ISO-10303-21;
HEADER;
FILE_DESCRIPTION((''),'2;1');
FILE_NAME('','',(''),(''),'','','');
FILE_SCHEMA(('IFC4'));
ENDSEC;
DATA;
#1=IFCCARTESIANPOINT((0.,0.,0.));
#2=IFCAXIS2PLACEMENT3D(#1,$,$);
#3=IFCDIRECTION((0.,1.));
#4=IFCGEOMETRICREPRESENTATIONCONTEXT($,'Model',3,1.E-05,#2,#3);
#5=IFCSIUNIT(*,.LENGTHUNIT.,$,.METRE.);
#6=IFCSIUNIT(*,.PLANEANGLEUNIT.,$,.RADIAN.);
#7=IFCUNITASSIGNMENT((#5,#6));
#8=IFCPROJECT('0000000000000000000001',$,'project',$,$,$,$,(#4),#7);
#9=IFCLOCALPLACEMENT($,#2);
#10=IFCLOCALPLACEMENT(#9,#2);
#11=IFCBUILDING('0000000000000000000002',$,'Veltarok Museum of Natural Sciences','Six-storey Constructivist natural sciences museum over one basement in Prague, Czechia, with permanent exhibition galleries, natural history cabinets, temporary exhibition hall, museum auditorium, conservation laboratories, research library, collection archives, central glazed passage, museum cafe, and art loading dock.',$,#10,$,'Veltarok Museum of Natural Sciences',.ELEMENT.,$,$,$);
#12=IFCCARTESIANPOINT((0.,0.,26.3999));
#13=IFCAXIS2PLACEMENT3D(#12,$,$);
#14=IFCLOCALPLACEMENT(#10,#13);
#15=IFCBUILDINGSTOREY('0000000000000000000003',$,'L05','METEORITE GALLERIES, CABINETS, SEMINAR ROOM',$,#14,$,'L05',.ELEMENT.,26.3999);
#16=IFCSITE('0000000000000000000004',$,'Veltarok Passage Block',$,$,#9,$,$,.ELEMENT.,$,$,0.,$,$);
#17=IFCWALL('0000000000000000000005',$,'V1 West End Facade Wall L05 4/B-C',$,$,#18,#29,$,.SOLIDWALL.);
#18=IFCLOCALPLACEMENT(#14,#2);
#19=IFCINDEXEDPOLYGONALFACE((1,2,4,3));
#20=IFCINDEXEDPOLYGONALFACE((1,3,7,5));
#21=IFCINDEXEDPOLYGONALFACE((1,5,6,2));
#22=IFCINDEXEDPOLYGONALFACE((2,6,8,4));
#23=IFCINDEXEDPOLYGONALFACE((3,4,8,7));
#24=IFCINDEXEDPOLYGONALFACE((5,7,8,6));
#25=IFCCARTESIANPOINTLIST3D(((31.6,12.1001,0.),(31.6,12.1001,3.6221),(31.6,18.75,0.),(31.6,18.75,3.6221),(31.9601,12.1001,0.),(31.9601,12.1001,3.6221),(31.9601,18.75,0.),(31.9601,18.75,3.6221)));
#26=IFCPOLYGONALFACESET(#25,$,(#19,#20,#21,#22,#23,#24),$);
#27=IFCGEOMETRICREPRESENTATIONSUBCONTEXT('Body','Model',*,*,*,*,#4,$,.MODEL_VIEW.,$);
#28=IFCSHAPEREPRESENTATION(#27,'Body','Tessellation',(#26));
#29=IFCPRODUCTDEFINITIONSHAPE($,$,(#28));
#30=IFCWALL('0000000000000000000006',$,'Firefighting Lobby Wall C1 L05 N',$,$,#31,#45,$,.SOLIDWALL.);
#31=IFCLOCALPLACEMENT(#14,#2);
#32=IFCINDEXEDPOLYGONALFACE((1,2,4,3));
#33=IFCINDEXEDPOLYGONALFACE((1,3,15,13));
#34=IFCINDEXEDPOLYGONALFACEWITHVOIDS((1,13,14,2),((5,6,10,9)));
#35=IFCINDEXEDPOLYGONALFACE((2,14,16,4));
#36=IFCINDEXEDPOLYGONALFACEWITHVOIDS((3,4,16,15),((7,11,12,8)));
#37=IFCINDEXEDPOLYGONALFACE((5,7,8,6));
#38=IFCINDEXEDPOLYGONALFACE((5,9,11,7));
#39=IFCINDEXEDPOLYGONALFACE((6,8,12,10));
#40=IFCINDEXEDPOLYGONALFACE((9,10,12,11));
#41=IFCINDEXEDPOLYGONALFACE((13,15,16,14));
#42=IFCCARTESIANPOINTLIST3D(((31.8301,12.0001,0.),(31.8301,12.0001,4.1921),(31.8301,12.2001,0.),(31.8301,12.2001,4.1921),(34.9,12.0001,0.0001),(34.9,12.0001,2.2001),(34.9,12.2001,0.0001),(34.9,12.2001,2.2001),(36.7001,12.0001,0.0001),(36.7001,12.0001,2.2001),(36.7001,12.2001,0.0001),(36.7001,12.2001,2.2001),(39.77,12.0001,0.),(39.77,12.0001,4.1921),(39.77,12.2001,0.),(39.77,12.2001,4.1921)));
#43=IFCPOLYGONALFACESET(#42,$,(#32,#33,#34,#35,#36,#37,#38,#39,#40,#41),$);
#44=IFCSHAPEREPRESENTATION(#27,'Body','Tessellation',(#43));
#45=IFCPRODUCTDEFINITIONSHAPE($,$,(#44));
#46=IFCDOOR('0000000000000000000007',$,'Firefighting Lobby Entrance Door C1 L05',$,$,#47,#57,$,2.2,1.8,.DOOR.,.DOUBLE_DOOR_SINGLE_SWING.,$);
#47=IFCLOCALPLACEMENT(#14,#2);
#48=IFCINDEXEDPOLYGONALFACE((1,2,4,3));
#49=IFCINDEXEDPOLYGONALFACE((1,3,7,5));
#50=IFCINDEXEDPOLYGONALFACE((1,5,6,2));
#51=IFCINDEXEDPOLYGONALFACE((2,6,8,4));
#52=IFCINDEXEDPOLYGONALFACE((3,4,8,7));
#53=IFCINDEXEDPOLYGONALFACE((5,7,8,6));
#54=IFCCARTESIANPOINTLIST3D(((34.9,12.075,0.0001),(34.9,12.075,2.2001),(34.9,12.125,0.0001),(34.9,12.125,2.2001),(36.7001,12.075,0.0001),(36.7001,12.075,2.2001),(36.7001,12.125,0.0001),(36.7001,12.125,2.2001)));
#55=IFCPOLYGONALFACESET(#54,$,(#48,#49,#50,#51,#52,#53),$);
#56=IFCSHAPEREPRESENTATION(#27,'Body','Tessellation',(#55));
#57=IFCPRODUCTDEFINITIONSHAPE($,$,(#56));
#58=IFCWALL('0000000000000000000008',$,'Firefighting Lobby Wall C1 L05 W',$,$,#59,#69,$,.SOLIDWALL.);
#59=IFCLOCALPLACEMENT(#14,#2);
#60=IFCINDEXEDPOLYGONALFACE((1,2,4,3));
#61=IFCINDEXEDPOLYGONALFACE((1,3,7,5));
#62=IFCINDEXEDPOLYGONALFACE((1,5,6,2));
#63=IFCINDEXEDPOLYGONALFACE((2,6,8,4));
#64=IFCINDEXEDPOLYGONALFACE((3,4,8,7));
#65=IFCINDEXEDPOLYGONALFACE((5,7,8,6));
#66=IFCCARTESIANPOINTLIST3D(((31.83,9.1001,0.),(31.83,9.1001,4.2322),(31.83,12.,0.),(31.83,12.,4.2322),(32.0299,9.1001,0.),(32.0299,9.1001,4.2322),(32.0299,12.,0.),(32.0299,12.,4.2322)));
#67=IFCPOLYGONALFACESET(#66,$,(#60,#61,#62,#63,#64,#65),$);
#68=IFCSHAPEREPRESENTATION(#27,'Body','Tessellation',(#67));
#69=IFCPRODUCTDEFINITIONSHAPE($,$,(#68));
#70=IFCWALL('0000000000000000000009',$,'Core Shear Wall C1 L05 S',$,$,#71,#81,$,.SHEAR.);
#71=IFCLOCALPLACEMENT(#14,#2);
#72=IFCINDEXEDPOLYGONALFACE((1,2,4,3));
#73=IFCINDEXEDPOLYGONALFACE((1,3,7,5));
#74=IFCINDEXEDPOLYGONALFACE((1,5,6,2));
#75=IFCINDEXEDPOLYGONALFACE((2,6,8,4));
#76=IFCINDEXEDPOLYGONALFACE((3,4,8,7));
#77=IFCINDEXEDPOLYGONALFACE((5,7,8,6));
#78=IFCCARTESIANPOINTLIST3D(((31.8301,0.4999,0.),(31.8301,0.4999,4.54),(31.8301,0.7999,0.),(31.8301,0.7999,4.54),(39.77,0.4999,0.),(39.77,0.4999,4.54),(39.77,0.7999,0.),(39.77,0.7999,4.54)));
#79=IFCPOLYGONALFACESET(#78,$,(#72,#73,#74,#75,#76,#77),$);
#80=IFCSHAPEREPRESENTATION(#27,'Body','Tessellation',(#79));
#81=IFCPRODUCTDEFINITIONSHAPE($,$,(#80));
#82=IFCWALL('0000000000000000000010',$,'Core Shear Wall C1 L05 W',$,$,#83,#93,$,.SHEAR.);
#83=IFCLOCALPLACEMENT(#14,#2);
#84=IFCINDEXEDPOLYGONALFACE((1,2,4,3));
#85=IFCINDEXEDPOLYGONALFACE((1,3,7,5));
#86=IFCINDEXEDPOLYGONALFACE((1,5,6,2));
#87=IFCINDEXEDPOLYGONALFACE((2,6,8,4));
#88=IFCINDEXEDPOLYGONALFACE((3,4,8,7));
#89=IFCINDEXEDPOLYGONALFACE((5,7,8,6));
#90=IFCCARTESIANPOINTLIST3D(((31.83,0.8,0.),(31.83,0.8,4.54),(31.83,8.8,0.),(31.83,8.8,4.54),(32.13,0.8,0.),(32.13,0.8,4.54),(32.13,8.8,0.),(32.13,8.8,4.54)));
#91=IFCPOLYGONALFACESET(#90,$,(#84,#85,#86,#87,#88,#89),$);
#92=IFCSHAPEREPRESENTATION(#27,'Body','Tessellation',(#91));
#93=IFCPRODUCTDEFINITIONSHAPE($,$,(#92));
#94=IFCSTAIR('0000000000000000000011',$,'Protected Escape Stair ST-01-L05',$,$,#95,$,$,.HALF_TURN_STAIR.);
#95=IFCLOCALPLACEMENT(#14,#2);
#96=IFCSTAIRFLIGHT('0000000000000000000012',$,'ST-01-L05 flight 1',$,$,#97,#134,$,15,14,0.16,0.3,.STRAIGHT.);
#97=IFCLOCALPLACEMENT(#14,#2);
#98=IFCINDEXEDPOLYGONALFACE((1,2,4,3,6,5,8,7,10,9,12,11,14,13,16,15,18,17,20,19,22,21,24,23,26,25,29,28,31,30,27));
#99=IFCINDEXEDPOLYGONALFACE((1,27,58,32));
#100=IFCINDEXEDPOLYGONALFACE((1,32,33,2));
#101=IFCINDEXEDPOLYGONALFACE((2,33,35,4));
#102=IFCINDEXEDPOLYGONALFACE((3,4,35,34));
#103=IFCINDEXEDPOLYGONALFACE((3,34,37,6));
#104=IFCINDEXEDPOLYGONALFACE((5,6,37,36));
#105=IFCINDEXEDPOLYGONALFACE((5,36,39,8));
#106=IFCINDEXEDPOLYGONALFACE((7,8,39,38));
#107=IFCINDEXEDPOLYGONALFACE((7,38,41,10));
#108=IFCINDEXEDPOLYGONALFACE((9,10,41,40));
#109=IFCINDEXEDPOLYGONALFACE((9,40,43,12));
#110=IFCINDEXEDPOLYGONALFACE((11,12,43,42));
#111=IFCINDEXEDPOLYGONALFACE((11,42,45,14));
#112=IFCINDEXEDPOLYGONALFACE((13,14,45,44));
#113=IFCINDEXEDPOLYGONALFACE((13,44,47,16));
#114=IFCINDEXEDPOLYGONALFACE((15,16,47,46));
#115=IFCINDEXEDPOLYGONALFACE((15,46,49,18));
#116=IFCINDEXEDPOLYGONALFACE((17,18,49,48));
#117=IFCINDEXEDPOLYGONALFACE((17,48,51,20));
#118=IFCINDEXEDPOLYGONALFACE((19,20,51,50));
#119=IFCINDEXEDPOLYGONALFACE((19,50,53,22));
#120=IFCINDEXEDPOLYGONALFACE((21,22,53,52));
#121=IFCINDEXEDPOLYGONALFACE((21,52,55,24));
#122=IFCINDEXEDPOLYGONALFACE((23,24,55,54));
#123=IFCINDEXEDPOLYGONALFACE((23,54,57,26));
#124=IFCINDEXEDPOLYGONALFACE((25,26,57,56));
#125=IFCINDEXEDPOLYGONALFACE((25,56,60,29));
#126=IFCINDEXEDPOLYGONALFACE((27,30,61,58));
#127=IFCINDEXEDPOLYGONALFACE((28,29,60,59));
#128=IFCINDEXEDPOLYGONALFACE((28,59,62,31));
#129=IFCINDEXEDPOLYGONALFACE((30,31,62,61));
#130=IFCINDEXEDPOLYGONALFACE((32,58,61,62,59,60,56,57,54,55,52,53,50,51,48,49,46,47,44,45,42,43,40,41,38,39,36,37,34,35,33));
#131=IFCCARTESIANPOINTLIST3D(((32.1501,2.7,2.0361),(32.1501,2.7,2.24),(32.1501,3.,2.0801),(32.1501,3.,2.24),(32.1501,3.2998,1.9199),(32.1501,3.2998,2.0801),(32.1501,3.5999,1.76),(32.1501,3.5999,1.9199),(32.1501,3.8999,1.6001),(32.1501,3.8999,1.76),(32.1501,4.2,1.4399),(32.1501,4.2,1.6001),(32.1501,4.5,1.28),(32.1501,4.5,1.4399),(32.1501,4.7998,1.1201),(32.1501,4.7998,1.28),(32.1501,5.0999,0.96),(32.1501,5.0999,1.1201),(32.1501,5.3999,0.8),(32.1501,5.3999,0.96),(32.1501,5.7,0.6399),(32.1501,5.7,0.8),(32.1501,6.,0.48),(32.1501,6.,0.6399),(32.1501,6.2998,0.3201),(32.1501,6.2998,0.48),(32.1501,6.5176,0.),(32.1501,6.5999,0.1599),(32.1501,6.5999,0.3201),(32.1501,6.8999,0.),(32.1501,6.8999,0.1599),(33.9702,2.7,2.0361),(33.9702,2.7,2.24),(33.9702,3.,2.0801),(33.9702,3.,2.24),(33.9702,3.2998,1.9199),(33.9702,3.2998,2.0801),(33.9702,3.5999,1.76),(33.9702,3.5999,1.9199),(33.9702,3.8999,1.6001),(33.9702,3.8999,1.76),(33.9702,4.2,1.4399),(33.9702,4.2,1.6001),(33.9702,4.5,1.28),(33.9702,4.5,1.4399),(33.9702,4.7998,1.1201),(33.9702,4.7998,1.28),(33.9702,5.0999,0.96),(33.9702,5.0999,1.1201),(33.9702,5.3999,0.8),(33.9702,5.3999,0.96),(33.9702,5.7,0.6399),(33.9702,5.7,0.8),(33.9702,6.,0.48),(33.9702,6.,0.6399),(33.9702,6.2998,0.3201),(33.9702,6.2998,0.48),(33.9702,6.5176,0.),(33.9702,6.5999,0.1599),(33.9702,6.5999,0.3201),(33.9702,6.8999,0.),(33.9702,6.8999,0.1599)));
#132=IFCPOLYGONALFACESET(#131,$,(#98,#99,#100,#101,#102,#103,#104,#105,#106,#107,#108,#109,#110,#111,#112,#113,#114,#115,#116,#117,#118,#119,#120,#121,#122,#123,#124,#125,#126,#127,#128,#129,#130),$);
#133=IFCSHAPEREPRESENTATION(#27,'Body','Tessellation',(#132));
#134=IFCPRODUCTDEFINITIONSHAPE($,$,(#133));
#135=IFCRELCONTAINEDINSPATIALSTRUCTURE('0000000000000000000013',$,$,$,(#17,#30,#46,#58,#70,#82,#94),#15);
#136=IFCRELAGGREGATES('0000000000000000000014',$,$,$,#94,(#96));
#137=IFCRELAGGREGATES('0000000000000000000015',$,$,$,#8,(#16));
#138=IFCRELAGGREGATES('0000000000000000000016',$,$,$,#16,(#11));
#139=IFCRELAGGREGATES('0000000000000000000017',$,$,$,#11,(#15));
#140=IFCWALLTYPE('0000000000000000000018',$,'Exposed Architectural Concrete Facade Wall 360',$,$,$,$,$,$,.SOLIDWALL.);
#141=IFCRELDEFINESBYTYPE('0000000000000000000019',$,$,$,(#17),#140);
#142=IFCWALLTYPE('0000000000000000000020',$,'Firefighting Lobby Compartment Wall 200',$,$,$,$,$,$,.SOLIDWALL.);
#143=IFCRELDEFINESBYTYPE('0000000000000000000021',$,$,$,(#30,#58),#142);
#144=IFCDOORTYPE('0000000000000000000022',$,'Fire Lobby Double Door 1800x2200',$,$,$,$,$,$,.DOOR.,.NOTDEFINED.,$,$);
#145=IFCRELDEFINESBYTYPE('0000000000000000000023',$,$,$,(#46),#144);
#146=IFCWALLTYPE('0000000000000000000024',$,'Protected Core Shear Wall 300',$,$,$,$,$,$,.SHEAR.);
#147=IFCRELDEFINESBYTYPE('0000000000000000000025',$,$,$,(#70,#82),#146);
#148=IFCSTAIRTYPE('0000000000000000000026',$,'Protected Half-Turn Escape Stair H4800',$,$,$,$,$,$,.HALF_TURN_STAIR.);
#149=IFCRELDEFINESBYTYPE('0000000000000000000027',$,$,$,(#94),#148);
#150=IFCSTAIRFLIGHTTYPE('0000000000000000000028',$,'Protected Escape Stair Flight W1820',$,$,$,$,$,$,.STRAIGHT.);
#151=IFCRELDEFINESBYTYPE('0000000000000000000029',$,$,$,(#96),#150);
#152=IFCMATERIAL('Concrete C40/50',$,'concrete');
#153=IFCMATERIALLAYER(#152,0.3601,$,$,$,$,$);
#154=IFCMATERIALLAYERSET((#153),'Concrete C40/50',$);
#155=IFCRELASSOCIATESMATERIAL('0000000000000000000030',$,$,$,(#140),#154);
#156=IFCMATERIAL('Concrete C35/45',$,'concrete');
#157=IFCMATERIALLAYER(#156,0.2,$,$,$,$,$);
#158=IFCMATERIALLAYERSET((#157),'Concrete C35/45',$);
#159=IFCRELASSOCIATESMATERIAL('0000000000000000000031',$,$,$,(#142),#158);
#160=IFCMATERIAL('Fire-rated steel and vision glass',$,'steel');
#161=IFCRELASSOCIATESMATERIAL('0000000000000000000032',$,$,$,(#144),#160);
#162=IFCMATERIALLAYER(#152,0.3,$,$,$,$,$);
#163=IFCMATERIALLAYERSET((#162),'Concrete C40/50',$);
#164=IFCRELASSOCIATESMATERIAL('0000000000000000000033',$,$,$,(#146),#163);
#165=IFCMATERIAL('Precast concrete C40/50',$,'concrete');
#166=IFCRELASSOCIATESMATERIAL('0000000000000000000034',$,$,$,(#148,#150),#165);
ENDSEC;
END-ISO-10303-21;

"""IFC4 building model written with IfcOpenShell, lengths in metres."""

from ifc_helpers import new_model, si_unit, direction, frame, frame_2d, origin, place, context, subcontext, project, spatial, polyline, rectangle, outline, extrude, material, layer, layer_set, type_object, element, fill, aggregate, save


model = new_model("IFC4")

# Units and contexts
model_context = context("Model", 3, precision=1e-05, world=origin(), true_north=direction((0.0, 1.0)))
body_context = subcontext(model_context, "Body", "Model", "MODEL_VIEW")
ifc_project = project(units=[si_unit("LENGTHUNIT", "METRE"), si_unit("PLANEANGLEUNIT", "RADIAN")], contexts=[model_context])

# Site, building, storey
site_placement = place(None, origin())
site = spatial("IfcSite", under=ifc_project, at=site_placement, Name="Veltarok Passage Block", CompositionType="ELEMENT", RefElevation=0.0)
building_placement = place(site_placement, origin())
building = spatial("IfcBuilding", under=site, at=building_placement, Name="Veltarok Museum of Natural Sciences", Description="Six-storey Constructivist natural sciences museum over one basement in Prague, Czechia, with permanent exhibition galleries, natural history cabinets, temporary exhibition hall, museum auditorium, conservation laboratories, research library, collection archives, central glazed passage, museum cafe, and art loading dock.", LongName="Veltarok Museum of Natural Sciences", CompositionType="ELEMENT")
storey_placement = place(building_placement, frame((0.0, 0.0, 26.3999)))
storey = spatial("IfcBuildingStorey", under=building, at=storey_placement, Name="L05", Description="METEORITE GALLERIES, CABINETS, SEMINAR ROOM", LongName="L05", CompositionType="ELEMENT", Elevation=26.3999)

# Shared definitions
ifc_material_1 = material(Name="Concrete C40/50", Category="concrete")

# Wall
ifc_layer_1 = layer(ifc_material_1, 0.3601)
ifc_layer_set_1 = layer_set([ifc_layer_1], Name="Concrete C40/50")
wall_type_1 = type_object("IfcWallType", Name="Exposed Architectural Concrete Facade Wall 360", PredefinedType="SOLIDWALL", material=ifc_layer_set_1)
wall_1_placement = place(storey_placement, frame((31.78, 18.75, 0.0), z_axis=(0.0, 0.0, 1.0), x_axis=(0.0, -1.0, 0.0)))
element("IfcWall", 1, at=wall_1_placement, inside=storey, type_object=wall_type_1, Name="V1 West End Facade Wall L05 4/B-C", PredefinedType="SOLIDWALL", context=body_context, shape_type="SweptSolid", body=[
    extrude(rectangle(XDim=6.6499, YDim=0.3601, at=frame_2d((3.325, 0.0))), origin(), (0.0, 0.0, 1.0), 3.6221),
])

# Wall, opening, door
ifc_material_2 = material(Name="Concrete C35/45", Category="concrete")
ifc_layer_2 = layer(ifc_material_2, 0.2)
ifc_layer_set_2 = layer_set([ifc_layer_2], Name="Concrete C35/45")
wall_type_2 = type_object("IfcWallType", Name="Firefighting Lobby Compartment Wall 200", PredefinedType="SOLIDWALL", material=ifc_layer_set_2)
wall_2_placement = place(storey_placement, frame((31.8301, 12.1001, 0.0), z_axis=(0.0, 0.0, 1.0), x_axis=(1.0, 0.0, 0.0)))
wall_2 = element("IfcWall", 2, at=wall_2_placement, inside=storey, type_object=wall_type_2, Name="Firefighting Lobby Wall C1 L05 N", PredefinedType="SOLIDWALL", context=body_context, shape_type="SweptSolid", body=[
    extrude(rectangle(XDim=7.9399, YDim=0.2, at=frame_2d((3.97, 0.0))), origin(), (0.0, 0.0, 1.0), 4.1921),
])
opening_placement = place(wall_2_placement, frame((3.0701, 0.0, 0.0)))
opening = element("IfcOpeningElement", 3, at=opening_placement, cuts=wall_2, PredefinedType="OPENING", context=body_context, shape_type="SweptSolid", body=[
    extrude(rectangle(XDim=1.8, YDim=2.2, at=frame_2d((0.8999, 1.1001))), frame((0.0, 0.1099, 0.0), z_axis=(0.0, -1.0, 0.0), x_axis=(1.0, 0.0, 0.0)), (0.0, 0.0, 1.0), 0.22),
])
ifc_material_3 = material(Name="Fire-rated steel and vision glass", Category="steel")
door_type = type_object("IfcDoorType", Name="Fire Lobby Double Door 1800x2200", OperationType="NOTDEFINED", PredefinedType="DOOR", material=ifc_material_3)
door_placement = place(opening_placement, origin())
door = element("IfcDoor", 4, at=door_placement, inside=storey, type_object=door_type, Name="Firefighting Lobby Entrance Door C1 L05", OperationType="DOUBLE_DOOR_SINGLE_SWING", OverallHeight=2.2, OverallWidth=1.8, PredefinedType="DOOR", context=body_context, shape_type="SweptSolid", body=[
    extrude(rectangle(XDim=1.8, YDim=2.2, at=frame_2d((0.8999, 1.1001))), frame((0.0, 0.0249, 0.0), z_axis=(0.0, -1.0, 0.0), x_axis=(1.0, 0.0, 0.0)), (0.0, 0.0, 1.0), 0.05),
])
fill(opening, door)

# Walls
wall_3_placement = place(storey_placement, frame((31.9299, 9.1001, 0.0), z_axis=(0.0, 0.0, 1.0), x_axis=(0.0, 1.0, 0.0)))
element("IfcWall", 5, at=wall_3_placement, inside=storey, type_object=wall_type_2, Name="Firefighting Lobby Wall C1 L05 W", PredefinedType="SOLIDWALL", context=body_context, shape_type="SweptSolid", body=[
    extrude(rectangle(XDim=2.8999, YDim=0.2, at=frame_2d((1.45, 0.0))), origin(), (0.0, 0.0, 1.0), 4.2322),
])
ifc_layer_3 = layer(ifc_material_1, 0.3)
ifc_layer_set_3 = layer_set([ifc_layer_3], Name="Concrete C40/50")
wall_type_3 = type_object("IfcWallType", Name="Protected Core Shear Wall 300", PredefinedType="SHEAR", material=ifc_layer_set_3)
wall_4_placement = place(storey_placement, frame((31.8301, 0.6499, 0.0), z_axis=(0.0, 0.0, 1.0), x_axis=(1.0, 0.0, 0.0)))
element("IfcWall", 6, at=wall_4_placement, inside=storey, type_object=wall_type_3, Name="Core Shear Wall C1 L05 S", PredefinedType="SHEAR", context=body_context, shape_type="SweptSolid", body=[
    extrude(rectangle(XDim=7.9399, YDim=0.3, at=frame_2d((3.97, 0.0))), origin(), (0.0, 0.0, 1.0), 4.54),
])
wall_5_placement = place(storey_placement, frame((31.98, 8.8, 0.0), z_axis=(0.0, 0.0, 1.0), x_axis=(0.0, -1.0, 0.0)))
element("IfcWall", 7, at=wall_5_placement, inside=storey, type_object=wall_type_3, Name="Core Shear Wall C1 L05 W", PredefinedType="SHEAR", context=body_context, shape_type="SweptSolid", body=[
    extrude(rectangle(XDim=8.0, YDim=0.3, at=frame_2d((4.0, 0.0))), origin(), (0.0, 0.0, 1.0), 4.54),
])

# Stair, stair flight
ifc_material_4 = material(Name="Precast concrete C40/50", Category="concrete")
stair_type = type_object("IfcStairType", Name="Protected Half-Turn Escape Stair H4800", PredefinedType="HALF_TURN_STAIR", material=ifc_material_4)
stair_placement = place(storey_placement, origin())
stair = element("IfcStair", 8, at=stair_placement, inside=storey, type_object=stair_type, Name="Protected Escape Stair ST-01-L05", PredefinedType="HALF_TURN_STAIR")
stair_flight_type = type_object("IfcStairFlightType", Name="Protected Escape Stair Flight W1820", PredefinedType="STRAIGHT", material=ifc_material_4)
stair_flight_placement = place(storey_placement, frame((33.0601, 6.8999, 0.0), z_axis=(0.0, 0.0, 1.0), x_axis=(0.0, -1.0, 0.0)))
stair_flight = element("IfcStairFlight", 9, at=stair_flight_placement, type_object=stair_flight_type, Name="ST-01-L05 flight 1", NumberOfRisers=15, NumberOfTreads=14, PredefinedType="STRAIGHT", RiserHeight=0.16, TreadLength=0.3, context=body_context, shape_type="SweptSolid", body=[
    extrude(outline(polyline([(0.0, 0.0), (0.0, 0.1599), (0.3, 0.1599), (0.3, 0.3201), (0.6001, 0.3201), (0.6001, 0.48), (0.8999, 0.48), (0.8999, 0.6399), (1.2, 0.6399), (1.2, 0.8), (1.5, 0.8), (1.5, 0.96), (1.8, 0.96), (1.8, 1.1201), (2.1001, 1.1201), (2.1001, 1.28), (2.3999, 1.28), (2.3999, 1.4399), (2.7, 1.4399), (2.7, 1.6001), (3.0, 1.6001), (3.0, 1.76), (3.3, 1.76), (3.3, 1.9199), (3.6001, 1.9199), (3.6001, 2.0801), (3.8999, 2.0801), (3.8999, 2.24), (4.2, 2.24), (4.2, 2.3999), (4.2, 2.0361), (0.3823, 0.0), (0.0, 0.0)])), frame((0.0, 0.9102, 0.0), z_axis=(0.0, -1.0, 0.0), x_axis=(1.0, 0.0, 0.0)), (0.0, 0.0, 1.0), 1.8201),
])
aggregate(stair, [stair_flight])

save(model, "model.ifc")
